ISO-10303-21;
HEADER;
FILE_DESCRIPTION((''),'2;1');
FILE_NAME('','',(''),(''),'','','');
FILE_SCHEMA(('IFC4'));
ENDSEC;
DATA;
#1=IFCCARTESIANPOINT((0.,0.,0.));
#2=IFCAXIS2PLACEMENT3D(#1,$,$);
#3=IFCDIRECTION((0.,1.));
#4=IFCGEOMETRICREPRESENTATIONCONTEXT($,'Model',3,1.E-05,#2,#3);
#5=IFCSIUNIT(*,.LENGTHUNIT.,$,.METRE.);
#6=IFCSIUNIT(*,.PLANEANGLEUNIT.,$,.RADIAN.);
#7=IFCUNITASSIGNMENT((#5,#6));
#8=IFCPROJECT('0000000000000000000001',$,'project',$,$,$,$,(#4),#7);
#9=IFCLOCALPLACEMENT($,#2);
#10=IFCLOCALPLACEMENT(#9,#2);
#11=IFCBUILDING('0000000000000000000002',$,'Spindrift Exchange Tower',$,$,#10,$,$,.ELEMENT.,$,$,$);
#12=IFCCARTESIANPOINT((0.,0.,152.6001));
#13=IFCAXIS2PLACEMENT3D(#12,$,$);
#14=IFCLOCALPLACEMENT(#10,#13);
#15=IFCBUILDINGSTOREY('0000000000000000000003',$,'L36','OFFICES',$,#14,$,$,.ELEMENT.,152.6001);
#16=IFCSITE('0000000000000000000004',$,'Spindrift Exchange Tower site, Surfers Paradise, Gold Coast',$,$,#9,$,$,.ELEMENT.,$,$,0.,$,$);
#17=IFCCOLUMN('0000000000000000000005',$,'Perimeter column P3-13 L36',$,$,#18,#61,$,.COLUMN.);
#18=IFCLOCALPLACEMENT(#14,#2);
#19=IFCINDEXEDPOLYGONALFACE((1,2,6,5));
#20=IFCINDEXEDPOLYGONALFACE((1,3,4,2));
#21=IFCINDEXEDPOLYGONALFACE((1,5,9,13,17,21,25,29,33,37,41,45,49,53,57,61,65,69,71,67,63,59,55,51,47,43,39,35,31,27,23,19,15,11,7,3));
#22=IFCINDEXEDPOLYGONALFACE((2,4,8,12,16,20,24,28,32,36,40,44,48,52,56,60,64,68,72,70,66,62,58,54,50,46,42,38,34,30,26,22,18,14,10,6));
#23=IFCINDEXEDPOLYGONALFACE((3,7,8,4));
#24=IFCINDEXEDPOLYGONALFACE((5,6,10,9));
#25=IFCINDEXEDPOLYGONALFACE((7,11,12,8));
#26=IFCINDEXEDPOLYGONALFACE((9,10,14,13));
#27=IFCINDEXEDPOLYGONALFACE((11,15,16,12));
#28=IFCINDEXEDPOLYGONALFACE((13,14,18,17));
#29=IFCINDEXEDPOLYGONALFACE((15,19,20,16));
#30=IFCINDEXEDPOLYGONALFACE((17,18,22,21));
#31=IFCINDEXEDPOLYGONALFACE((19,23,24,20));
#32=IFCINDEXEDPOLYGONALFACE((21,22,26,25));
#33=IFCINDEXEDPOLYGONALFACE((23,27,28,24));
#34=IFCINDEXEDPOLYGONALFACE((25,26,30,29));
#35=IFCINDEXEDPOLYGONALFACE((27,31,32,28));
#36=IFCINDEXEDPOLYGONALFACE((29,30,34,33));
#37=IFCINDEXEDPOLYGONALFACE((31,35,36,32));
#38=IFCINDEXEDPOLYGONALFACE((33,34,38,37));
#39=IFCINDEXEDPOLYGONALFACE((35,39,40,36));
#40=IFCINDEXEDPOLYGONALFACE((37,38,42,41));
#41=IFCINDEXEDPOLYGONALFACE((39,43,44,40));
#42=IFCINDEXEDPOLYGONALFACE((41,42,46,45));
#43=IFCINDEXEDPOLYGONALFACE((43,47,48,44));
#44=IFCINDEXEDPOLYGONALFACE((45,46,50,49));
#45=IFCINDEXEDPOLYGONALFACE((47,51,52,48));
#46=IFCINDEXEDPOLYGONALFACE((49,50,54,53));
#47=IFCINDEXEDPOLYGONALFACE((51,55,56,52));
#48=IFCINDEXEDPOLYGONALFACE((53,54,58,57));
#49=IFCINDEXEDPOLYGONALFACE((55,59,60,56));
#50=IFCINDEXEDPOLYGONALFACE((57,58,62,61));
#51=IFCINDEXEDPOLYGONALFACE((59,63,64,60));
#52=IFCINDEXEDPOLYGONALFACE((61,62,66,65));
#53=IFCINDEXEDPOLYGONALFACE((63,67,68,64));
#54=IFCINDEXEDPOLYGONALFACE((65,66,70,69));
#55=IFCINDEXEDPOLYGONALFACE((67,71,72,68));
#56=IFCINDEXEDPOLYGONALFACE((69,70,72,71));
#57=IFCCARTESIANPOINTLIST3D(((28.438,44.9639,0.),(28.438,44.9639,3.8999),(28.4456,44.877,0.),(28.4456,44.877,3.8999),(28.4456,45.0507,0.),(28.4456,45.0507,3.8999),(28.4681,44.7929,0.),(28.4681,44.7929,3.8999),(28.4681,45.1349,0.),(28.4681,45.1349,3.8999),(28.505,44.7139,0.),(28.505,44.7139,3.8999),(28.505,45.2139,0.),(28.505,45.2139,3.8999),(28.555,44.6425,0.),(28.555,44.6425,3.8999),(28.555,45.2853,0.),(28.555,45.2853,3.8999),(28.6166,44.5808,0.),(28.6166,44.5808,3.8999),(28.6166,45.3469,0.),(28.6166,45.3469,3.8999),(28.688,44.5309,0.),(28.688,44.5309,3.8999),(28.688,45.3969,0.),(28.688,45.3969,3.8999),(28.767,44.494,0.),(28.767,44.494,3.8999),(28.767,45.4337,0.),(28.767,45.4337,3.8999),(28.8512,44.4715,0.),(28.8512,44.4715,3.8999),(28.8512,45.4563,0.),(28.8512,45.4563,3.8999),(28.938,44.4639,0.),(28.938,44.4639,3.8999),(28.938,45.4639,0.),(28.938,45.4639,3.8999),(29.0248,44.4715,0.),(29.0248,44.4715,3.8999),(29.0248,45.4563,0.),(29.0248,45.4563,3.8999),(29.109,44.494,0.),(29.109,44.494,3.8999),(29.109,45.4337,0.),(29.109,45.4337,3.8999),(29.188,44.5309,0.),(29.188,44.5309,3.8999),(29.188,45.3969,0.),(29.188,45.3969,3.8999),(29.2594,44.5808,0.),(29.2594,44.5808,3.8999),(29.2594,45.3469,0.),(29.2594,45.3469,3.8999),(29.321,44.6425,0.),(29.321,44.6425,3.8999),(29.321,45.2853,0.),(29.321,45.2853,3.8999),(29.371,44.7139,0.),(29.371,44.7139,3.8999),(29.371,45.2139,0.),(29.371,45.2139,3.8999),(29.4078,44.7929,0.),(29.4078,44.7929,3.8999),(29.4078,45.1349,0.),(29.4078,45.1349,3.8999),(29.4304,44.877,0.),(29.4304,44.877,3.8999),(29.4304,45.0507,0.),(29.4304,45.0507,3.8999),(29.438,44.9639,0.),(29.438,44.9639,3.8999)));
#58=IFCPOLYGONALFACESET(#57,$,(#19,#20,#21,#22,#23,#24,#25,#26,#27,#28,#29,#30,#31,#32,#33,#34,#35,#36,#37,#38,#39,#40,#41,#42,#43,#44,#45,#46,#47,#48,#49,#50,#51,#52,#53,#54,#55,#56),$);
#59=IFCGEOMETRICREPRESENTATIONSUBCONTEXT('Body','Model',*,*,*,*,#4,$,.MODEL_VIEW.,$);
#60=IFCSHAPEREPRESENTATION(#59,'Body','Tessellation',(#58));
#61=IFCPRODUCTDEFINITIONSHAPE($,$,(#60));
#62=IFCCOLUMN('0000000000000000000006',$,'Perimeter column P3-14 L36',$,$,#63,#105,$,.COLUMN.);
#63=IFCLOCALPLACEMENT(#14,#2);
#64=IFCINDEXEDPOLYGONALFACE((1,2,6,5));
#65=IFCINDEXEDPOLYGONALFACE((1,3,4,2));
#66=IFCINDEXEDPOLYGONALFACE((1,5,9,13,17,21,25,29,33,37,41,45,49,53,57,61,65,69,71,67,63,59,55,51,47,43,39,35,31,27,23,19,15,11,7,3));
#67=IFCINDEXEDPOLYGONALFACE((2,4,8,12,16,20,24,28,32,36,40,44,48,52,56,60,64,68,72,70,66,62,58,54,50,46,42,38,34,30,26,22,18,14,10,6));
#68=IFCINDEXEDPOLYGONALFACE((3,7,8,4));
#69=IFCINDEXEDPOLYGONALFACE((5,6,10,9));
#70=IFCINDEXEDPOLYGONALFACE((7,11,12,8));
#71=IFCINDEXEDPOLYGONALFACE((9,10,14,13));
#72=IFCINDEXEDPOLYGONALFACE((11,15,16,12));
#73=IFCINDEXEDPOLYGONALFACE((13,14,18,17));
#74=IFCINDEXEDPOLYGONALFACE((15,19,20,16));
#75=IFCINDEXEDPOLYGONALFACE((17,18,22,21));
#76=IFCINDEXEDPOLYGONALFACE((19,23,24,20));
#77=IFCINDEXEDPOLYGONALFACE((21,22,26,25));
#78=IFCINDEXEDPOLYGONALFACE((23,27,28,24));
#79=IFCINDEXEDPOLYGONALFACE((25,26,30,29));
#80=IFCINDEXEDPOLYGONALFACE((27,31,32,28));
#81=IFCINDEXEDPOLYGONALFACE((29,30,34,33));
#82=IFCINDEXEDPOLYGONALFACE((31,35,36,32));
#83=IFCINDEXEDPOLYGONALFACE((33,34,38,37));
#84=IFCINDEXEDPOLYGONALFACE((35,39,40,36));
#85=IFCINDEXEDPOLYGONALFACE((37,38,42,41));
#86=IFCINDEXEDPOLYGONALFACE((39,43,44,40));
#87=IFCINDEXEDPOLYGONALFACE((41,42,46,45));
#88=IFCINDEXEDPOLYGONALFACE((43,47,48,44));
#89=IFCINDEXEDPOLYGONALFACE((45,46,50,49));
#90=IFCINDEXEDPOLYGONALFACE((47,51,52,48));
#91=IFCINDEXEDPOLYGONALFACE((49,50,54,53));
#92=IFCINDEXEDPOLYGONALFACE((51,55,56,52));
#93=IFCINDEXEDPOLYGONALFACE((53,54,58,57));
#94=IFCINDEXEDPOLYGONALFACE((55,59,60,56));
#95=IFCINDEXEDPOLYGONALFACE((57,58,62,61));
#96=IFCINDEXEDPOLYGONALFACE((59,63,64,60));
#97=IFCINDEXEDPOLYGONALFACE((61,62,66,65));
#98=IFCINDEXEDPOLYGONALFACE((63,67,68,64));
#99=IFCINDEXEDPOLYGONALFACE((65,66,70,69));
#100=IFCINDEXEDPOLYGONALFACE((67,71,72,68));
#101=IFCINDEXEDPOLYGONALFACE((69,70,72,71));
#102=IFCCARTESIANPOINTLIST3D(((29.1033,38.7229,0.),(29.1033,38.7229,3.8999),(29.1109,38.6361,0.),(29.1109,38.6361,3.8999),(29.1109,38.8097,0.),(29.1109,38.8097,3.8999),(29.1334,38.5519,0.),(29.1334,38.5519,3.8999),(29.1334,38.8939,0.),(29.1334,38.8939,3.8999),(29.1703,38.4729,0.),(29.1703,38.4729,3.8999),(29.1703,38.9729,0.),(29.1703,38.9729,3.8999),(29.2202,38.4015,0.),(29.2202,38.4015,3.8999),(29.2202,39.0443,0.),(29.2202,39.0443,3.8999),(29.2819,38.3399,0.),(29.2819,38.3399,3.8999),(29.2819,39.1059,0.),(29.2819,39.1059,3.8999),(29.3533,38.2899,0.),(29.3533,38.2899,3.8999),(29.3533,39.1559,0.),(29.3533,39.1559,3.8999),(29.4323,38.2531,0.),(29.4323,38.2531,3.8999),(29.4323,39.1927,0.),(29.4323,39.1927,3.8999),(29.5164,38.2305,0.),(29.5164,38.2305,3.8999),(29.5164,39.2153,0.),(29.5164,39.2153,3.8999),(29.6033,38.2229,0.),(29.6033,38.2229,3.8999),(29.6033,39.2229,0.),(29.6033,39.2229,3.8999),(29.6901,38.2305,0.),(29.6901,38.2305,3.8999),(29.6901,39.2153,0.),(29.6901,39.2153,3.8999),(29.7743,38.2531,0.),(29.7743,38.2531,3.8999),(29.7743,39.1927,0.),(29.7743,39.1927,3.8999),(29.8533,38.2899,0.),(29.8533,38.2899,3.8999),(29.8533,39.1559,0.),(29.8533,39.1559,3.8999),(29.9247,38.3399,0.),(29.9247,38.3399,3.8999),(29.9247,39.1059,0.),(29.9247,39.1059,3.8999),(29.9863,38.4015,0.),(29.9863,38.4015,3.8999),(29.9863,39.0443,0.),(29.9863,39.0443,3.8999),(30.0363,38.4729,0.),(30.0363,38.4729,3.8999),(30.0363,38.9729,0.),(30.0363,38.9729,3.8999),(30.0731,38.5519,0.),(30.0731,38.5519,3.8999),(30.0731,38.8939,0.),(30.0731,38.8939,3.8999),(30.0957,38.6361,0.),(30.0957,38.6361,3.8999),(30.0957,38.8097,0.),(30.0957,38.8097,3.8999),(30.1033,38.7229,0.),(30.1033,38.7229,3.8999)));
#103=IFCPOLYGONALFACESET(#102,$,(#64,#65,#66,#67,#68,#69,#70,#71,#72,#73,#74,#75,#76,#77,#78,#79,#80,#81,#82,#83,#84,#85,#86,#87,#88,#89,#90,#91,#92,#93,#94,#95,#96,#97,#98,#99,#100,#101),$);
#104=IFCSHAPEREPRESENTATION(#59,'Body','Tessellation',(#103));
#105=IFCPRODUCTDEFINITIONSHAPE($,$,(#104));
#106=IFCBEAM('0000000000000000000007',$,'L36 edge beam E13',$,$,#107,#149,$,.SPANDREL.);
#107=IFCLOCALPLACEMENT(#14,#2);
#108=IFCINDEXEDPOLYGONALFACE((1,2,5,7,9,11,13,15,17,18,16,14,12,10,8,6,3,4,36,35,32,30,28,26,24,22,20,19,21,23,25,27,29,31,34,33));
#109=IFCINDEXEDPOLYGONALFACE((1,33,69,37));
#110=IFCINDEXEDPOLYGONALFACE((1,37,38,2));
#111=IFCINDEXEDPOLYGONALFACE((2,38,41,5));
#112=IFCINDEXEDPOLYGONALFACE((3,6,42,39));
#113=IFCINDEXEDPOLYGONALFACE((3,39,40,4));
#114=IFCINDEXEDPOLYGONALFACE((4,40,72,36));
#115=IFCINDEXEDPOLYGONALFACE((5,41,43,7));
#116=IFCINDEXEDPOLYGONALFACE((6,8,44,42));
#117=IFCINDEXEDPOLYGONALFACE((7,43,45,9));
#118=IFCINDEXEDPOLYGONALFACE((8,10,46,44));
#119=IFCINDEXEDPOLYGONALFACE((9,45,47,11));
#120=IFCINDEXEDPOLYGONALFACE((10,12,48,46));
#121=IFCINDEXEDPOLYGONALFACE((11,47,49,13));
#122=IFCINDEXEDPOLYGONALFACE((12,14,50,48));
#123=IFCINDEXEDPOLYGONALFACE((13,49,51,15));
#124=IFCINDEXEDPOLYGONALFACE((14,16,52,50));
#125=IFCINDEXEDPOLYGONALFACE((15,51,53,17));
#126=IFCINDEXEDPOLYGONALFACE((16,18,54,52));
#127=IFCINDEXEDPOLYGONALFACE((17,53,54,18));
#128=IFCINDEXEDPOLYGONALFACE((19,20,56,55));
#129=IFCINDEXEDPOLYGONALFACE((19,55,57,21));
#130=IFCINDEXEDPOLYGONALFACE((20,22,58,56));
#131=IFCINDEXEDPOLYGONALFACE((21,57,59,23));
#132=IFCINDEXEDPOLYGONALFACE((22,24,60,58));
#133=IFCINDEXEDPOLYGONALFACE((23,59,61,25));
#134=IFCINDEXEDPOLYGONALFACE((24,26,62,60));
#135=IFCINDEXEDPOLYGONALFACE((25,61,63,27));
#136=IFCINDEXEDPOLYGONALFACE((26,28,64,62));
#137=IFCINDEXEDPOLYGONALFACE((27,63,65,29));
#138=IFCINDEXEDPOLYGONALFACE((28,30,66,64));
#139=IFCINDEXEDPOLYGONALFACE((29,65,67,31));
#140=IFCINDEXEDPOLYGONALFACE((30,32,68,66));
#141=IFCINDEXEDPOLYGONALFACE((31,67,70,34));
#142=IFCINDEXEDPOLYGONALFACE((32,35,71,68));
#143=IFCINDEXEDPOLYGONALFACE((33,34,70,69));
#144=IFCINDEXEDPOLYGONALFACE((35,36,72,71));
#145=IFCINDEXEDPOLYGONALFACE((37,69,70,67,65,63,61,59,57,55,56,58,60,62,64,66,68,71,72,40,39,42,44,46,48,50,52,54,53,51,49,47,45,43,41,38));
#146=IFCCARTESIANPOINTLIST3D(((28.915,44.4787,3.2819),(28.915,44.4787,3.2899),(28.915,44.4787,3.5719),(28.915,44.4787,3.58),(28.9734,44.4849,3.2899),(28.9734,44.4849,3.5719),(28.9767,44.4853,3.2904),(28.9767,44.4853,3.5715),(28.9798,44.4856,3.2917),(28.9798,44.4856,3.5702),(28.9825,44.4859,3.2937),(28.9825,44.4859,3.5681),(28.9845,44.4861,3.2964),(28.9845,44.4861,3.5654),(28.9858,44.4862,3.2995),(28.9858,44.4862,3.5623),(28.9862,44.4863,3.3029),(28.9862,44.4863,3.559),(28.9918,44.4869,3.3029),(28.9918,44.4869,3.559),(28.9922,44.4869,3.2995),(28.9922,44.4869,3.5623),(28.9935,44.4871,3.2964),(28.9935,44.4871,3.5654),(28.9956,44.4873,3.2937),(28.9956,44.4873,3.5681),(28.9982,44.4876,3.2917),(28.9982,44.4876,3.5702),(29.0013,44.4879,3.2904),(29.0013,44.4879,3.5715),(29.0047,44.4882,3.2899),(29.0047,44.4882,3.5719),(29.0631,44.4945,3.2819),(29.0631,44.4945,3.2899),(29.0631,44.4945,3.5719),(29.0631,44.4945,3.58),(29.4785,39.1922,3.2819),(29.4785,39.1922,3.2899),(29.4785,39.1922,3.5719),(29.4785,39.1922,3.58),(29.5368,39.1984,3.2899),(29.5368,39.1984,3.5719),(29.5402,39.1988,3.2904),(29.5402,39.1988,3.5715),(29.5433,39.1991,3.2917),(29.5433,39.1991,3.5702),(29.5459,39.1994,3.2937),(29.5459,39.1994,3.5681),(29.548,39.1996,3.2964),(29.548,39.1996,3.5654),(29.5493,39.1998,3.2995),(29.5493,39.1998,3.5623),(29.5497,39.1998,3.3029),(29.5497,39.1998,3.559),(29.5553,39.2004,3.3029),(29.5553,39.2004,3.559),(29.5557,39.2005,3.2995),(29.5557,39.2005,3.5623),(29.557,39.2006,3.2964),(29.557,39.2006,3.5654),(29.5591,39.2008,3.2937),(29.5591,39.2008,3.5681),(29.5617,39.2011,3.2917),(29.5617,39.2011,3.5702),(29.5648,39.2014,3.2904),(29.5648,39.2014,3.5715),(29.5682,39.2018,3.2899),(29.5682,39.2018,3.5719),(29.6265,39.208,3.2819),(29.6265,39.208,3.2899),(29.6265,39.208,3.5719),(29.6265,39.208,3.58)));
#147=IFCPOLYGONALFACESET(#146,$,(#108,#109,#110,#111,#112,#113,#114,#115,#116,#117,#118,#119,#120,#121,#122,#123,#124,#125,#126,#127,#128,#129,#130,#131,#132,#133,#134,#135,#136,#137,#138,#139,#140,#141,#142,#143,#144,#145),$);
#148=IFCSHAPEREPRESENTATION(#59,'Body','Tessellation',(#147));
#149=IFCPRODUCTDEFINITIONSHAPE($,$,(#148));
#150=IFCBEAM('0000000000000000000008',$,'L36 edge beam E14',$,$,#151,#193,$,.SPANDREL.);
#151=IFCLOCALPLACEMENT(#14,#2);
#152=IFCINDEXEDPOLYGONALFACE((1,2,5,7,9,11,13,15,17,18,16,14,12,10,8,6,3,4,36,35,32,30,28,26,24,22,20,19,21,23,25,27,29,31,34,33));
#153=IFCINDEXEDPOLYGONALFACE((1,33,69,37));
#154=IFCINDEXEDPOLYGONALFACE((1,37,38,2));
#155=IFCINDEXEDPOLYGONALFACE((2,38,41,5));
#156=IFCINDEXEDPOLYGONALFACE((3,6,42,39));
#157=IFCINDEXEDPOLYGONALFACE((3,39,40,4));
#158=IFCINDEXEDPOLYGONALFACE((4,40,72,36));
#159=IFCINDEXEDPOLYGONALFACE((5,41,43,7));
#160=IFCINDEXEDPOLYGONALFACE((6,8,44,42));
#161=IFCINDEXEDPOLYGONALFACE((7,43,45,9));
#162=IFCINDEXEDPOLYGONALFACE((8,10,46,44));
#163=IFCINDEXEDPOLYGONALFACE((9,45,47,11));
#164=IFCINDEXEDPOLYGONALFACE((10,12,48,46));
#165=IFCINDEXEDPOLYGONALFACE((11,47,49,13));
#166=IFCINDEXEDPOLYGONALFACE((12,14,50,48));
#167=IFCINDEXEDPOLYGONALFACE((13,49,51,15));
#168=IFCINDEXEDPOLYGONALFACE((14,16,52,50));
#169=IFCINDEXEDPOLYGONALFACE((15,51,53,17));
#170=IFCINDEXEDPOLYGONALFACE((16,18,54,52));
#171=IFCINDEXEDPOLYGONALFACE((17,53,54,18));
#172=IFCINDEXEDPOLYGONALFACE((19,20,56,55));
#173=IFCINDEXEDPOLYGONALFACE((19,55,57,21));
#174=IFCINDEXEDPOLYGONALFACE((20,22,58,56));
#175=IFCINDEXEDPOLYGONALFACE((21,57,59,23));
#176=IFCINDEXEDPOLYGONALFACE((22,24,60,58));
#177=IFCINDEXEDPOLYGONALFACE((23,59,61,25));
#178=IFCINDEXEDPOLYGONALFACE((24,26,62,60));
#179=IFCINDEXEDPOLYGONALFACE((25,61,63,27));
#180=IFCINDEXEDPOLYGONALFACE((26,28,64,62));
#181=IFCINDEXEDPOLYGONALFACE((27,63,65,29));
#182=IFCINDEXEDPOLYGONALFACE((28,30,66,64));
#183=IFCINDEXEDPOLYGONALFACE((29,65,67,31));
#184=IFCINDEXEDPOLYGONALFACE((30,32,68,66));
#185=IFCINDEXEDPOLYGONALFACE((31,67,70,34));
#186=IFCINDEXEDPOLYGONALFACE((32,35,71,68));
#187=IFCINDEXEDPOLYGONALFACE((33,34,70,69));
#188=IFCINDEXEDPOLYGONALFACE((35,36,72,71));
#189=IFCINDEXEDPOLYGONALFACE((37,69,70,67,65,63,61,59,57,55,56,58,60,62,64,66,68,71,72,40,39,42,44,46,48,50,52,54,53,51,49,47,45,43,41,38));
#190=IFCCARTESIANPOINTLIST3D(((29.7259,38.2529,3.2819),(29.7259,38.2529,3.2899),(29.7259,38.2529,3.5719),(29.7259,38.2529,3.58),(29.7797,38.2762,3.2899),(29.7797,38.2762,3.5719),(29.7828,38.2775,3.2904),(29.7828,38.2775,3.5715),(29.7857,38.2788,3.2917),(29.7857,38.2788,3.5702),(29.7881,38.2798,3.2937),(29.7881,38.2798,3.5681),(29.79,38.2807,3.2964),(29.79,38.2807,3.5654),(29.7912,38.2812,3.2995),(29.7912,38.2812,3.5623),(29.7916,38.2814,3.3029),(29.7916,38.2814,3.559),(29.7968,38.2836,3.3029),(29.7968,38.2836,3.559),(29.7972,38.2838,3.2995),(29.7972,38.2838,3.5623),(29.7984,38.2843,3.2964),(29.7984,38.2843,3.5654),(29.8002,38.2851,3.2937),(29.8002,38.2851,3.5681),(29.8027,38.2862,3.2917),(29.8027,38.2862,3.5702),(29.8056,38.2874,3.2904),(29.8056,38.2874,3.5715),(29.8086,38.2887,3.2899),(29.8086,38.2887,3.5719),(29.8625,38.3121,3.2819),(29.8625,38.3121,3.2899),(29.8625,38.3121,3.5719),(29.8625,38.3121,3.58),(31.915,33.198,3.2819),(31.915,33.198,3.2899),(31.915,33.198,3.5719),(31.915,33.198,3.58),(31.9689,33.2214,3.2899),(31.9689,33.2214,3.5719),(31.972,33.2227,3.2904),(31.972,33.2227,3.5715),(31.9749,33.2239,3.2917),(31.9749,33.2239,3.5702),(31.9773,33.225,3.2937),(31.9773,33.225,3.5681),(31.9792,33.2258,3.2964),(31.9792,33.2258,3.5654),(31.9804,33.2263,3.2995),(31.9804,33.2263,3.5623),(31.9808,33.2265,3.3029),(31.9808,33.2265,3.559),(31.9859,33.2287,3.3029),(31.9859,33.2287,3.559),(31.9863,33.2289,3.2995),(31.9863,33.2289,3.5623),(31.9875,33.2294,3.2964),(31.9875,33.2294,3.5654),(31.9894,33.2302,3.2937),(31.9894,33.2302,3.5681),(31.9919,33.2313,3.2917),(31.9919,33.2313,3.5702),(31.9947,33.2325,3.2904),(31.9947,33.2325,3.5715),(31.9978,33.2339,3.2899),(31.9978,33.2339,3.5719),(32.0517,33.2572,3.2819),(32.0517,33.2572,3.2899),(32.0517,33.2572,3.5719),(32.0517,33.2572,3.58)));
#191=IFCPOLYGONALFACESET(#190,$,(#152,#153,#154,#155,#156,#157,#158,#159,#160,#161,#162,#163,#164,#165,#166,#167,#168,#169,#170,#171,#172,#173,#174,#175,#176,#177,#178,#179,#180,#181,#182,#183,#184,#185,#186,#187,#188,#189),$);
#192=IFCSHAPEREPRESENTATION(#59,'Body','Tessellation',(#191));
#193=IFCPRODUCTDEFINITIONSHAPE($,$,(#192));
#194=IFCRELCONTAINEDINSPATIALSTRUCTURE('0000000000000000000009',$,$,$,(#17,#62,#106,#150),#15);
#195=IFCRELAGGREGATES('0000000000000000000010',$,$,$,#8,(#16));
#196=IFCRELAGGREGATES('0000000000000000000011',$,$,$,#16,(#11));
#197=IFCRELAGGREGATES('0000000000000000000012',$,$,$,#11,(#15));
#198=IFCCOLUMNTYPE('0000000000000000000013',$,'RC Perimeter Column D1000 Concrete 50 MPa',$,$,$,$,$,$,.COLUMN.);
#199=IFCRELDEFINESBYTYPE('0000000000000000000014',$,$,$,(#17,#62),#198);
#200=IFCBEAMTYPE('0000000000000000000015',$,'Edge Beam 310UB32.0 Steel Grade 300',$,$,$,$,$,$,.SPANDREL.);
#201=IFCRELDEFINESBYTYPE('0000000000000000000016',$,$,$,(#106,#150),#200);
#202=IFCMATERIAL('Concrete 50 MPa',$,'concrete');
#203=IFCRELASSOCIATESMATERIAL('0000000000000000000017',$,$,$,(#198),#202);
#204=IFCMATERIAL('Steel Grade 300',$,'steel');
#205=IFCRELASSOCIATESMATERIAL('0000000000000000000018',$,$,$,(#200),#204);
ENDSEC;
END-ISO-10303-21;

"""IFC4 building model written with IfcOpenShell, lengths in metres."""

from ifc_helpers import new_model, si_unit, direction, frame, origin, origin_2d, place, context, subcontext, project, spatial, circle, i_section, extrude, source, transform, mapped, material, material_profile, profile_set, type_object, element, save


model = new_model("IFC4")

# Units and contexts
model_context = context("Model", 3, precision=1e-05, world=origin(), true_north=direction((0.0, 1.0)))
body_context = subcontext(model_context, "Body", "Model", "MODEL_VIEW")
ifc_project = project(units=[si_unit("LENGTHUNIT", "METRE"), si_unit("PLANEANGLEUNIT", "RADIAN")], contexts=[model_context])

# Site, building, storey
site_placement = place(None, origin())
site = spatial("IfcSite", under=ifc_project, at=site_placement, Name="Spindrift Exchange Tower site, Surfers Paradise, Gold Coast", CompositionType="ELEMENT", RefElevation=0.0)
building_placement = place(site_placement, origin())
building = spatial("IfcBuilding", under=site, at=building_placement, Name="Spindrift Exchange Tower", CompositionType="ELEMENT")
storey_placement = place(building_placement, frame((0.0, 0.0, 152.6001)))
storey = spatial("IfcBuildingStorey", under=building, at=storey_placement, Name="L36", Description="OFFICES", CompositionType="ELEMENT", Elevation=152.6001)

# Columns
ifc_material_1 = material(Name="Concrete 50 MPa", Category="concrete")
ifc_material_profile_1 = material_profile(ifc_material_1, circle(Radius=0.5, at=origin_2d()), Name="RC D1000")
ifc_profile_set_1 = profile_set([ifc_material_profile_1], Name="Concrete 50 MPa")
column_type = type_object("IfcColumnType", Name="RC Perimeter Column D1000 Concrete 50 MPa", PredefinedType="COLUMN", material=ifc_profile_set_1)
shared_shape_1 = source(origin(), body_context, "Body", "SweptSolid", [
    extrude(circle(Radius=0.5, at=origin_2d()), origin(), (0.0, 0.0, 1.0), 3.8999),
])
for number, where, z_axis, x_axis, name in (
    (1, (28.938, 44.9639, 0.0), (0.0, 0.0, 1.0), (1.0, 0.0, 0.0), "Perimeter column P3-13 L36"),
    (2, (29.6033, 38.7229, 0.0), (0.0, 0.0, 1.0), (1.0, 0.0, 0.0), "Perimeter column P3-14 L36"),
):
    element("IfcColumn", number, at=place(storey_placement, frame(where, z_axis=z_axis, x_axis=x_axis)), inside=storey, type_object=column_type, Name=name, PredefinedType="COLUMN", context=body_context, shape_type="MappedRepresentation", body=[
        mapped(shared_shape_1, transform((0.0, 0.0, 0.0), scale=1.0)),
    ])

# Beams
ifc_material_2 = material(Name="Steel Grade 300", Category="steel")
ifc_material_profile_2 = material_profile(ifc_material_2, i_section(OverallWidth=0.1489, OverallDepth=0.2981, WebThickness=0.0056, FlangeThickness=0.0081, FilletRadius=0.0129, at=origin_2d()), Name="310UB32.0")
ifc_profile_set_2 = profile_set([ifc_material_profile_2], Name="Steel Grade 300")
beam_type_1 = type_object("IfcBeamType", Name="Edge Beam 310UB32.0 Steel Grade 300", PredefinedType="SPANDREL", material=ifc_profile_set_2)
shared_shape_2 = source(origin(), body_context, "Body", "SweptSolid", [
    extrude(i_section(OverallWidth=0.1489, OverallDepth=0.2981, WebThickness=0.0056, FlangeThickness=0.0081, FilletRadius=0.0129, at=origin_2d()), origin(), (0.0, 0.0, 1.0), 5.3164),
])
beam_1_placement = place(storey_placement, frame((28.989, 44.4866, 3.4309), z_axis=(0.10599, -0.994367, 0.0), x_axis=(0.994367, 0.10599, 0.0)))
element("IfcBeam", 3, at=beam_1_placement, inside=storey, type_object=beam_type_1, Name="L36 edge beam E13", PredefinedType="SPANDREL", context=body_context, shape_type="MappedRepresentation", body=[
    mapped(shared_shape_2, transform((0.0, 0.0, 0.0), scale=1.0)),
])
shared_shape_3 = source(origin(), body_context, "Body", "SweptSolid", [
    extrude(i_section(OverallWidth=0.1489, OverallDepth=0.2981, WebThickness=0.0056, FlangeThickness=0.0081, FilletRadius=0.0129, at=origin_2d()), origin(), (0.0, 0.0, 1.0), 5.5085),
])
beam_2_placement = place(storey_placement, frame((29.7942, 38.2825, 3.4309), z_axis=(0.397415, -0.917639, 0.0), x_axis=(0.917639, 0.397415, 0.0)))
element("IfcBeam", 4, at=beam_2_placement, inside=storey, type_object=beam_type_1, Name="L36 edge beam E14", PredefinedType="SPANDREL", context=body_context, shape_type="MappedRepresentation", body=[
    mapped(shared_shape_3, transform((0.0, 0.0, 0.0), scale=1.0)),
])

save(model, "model.ifc")
